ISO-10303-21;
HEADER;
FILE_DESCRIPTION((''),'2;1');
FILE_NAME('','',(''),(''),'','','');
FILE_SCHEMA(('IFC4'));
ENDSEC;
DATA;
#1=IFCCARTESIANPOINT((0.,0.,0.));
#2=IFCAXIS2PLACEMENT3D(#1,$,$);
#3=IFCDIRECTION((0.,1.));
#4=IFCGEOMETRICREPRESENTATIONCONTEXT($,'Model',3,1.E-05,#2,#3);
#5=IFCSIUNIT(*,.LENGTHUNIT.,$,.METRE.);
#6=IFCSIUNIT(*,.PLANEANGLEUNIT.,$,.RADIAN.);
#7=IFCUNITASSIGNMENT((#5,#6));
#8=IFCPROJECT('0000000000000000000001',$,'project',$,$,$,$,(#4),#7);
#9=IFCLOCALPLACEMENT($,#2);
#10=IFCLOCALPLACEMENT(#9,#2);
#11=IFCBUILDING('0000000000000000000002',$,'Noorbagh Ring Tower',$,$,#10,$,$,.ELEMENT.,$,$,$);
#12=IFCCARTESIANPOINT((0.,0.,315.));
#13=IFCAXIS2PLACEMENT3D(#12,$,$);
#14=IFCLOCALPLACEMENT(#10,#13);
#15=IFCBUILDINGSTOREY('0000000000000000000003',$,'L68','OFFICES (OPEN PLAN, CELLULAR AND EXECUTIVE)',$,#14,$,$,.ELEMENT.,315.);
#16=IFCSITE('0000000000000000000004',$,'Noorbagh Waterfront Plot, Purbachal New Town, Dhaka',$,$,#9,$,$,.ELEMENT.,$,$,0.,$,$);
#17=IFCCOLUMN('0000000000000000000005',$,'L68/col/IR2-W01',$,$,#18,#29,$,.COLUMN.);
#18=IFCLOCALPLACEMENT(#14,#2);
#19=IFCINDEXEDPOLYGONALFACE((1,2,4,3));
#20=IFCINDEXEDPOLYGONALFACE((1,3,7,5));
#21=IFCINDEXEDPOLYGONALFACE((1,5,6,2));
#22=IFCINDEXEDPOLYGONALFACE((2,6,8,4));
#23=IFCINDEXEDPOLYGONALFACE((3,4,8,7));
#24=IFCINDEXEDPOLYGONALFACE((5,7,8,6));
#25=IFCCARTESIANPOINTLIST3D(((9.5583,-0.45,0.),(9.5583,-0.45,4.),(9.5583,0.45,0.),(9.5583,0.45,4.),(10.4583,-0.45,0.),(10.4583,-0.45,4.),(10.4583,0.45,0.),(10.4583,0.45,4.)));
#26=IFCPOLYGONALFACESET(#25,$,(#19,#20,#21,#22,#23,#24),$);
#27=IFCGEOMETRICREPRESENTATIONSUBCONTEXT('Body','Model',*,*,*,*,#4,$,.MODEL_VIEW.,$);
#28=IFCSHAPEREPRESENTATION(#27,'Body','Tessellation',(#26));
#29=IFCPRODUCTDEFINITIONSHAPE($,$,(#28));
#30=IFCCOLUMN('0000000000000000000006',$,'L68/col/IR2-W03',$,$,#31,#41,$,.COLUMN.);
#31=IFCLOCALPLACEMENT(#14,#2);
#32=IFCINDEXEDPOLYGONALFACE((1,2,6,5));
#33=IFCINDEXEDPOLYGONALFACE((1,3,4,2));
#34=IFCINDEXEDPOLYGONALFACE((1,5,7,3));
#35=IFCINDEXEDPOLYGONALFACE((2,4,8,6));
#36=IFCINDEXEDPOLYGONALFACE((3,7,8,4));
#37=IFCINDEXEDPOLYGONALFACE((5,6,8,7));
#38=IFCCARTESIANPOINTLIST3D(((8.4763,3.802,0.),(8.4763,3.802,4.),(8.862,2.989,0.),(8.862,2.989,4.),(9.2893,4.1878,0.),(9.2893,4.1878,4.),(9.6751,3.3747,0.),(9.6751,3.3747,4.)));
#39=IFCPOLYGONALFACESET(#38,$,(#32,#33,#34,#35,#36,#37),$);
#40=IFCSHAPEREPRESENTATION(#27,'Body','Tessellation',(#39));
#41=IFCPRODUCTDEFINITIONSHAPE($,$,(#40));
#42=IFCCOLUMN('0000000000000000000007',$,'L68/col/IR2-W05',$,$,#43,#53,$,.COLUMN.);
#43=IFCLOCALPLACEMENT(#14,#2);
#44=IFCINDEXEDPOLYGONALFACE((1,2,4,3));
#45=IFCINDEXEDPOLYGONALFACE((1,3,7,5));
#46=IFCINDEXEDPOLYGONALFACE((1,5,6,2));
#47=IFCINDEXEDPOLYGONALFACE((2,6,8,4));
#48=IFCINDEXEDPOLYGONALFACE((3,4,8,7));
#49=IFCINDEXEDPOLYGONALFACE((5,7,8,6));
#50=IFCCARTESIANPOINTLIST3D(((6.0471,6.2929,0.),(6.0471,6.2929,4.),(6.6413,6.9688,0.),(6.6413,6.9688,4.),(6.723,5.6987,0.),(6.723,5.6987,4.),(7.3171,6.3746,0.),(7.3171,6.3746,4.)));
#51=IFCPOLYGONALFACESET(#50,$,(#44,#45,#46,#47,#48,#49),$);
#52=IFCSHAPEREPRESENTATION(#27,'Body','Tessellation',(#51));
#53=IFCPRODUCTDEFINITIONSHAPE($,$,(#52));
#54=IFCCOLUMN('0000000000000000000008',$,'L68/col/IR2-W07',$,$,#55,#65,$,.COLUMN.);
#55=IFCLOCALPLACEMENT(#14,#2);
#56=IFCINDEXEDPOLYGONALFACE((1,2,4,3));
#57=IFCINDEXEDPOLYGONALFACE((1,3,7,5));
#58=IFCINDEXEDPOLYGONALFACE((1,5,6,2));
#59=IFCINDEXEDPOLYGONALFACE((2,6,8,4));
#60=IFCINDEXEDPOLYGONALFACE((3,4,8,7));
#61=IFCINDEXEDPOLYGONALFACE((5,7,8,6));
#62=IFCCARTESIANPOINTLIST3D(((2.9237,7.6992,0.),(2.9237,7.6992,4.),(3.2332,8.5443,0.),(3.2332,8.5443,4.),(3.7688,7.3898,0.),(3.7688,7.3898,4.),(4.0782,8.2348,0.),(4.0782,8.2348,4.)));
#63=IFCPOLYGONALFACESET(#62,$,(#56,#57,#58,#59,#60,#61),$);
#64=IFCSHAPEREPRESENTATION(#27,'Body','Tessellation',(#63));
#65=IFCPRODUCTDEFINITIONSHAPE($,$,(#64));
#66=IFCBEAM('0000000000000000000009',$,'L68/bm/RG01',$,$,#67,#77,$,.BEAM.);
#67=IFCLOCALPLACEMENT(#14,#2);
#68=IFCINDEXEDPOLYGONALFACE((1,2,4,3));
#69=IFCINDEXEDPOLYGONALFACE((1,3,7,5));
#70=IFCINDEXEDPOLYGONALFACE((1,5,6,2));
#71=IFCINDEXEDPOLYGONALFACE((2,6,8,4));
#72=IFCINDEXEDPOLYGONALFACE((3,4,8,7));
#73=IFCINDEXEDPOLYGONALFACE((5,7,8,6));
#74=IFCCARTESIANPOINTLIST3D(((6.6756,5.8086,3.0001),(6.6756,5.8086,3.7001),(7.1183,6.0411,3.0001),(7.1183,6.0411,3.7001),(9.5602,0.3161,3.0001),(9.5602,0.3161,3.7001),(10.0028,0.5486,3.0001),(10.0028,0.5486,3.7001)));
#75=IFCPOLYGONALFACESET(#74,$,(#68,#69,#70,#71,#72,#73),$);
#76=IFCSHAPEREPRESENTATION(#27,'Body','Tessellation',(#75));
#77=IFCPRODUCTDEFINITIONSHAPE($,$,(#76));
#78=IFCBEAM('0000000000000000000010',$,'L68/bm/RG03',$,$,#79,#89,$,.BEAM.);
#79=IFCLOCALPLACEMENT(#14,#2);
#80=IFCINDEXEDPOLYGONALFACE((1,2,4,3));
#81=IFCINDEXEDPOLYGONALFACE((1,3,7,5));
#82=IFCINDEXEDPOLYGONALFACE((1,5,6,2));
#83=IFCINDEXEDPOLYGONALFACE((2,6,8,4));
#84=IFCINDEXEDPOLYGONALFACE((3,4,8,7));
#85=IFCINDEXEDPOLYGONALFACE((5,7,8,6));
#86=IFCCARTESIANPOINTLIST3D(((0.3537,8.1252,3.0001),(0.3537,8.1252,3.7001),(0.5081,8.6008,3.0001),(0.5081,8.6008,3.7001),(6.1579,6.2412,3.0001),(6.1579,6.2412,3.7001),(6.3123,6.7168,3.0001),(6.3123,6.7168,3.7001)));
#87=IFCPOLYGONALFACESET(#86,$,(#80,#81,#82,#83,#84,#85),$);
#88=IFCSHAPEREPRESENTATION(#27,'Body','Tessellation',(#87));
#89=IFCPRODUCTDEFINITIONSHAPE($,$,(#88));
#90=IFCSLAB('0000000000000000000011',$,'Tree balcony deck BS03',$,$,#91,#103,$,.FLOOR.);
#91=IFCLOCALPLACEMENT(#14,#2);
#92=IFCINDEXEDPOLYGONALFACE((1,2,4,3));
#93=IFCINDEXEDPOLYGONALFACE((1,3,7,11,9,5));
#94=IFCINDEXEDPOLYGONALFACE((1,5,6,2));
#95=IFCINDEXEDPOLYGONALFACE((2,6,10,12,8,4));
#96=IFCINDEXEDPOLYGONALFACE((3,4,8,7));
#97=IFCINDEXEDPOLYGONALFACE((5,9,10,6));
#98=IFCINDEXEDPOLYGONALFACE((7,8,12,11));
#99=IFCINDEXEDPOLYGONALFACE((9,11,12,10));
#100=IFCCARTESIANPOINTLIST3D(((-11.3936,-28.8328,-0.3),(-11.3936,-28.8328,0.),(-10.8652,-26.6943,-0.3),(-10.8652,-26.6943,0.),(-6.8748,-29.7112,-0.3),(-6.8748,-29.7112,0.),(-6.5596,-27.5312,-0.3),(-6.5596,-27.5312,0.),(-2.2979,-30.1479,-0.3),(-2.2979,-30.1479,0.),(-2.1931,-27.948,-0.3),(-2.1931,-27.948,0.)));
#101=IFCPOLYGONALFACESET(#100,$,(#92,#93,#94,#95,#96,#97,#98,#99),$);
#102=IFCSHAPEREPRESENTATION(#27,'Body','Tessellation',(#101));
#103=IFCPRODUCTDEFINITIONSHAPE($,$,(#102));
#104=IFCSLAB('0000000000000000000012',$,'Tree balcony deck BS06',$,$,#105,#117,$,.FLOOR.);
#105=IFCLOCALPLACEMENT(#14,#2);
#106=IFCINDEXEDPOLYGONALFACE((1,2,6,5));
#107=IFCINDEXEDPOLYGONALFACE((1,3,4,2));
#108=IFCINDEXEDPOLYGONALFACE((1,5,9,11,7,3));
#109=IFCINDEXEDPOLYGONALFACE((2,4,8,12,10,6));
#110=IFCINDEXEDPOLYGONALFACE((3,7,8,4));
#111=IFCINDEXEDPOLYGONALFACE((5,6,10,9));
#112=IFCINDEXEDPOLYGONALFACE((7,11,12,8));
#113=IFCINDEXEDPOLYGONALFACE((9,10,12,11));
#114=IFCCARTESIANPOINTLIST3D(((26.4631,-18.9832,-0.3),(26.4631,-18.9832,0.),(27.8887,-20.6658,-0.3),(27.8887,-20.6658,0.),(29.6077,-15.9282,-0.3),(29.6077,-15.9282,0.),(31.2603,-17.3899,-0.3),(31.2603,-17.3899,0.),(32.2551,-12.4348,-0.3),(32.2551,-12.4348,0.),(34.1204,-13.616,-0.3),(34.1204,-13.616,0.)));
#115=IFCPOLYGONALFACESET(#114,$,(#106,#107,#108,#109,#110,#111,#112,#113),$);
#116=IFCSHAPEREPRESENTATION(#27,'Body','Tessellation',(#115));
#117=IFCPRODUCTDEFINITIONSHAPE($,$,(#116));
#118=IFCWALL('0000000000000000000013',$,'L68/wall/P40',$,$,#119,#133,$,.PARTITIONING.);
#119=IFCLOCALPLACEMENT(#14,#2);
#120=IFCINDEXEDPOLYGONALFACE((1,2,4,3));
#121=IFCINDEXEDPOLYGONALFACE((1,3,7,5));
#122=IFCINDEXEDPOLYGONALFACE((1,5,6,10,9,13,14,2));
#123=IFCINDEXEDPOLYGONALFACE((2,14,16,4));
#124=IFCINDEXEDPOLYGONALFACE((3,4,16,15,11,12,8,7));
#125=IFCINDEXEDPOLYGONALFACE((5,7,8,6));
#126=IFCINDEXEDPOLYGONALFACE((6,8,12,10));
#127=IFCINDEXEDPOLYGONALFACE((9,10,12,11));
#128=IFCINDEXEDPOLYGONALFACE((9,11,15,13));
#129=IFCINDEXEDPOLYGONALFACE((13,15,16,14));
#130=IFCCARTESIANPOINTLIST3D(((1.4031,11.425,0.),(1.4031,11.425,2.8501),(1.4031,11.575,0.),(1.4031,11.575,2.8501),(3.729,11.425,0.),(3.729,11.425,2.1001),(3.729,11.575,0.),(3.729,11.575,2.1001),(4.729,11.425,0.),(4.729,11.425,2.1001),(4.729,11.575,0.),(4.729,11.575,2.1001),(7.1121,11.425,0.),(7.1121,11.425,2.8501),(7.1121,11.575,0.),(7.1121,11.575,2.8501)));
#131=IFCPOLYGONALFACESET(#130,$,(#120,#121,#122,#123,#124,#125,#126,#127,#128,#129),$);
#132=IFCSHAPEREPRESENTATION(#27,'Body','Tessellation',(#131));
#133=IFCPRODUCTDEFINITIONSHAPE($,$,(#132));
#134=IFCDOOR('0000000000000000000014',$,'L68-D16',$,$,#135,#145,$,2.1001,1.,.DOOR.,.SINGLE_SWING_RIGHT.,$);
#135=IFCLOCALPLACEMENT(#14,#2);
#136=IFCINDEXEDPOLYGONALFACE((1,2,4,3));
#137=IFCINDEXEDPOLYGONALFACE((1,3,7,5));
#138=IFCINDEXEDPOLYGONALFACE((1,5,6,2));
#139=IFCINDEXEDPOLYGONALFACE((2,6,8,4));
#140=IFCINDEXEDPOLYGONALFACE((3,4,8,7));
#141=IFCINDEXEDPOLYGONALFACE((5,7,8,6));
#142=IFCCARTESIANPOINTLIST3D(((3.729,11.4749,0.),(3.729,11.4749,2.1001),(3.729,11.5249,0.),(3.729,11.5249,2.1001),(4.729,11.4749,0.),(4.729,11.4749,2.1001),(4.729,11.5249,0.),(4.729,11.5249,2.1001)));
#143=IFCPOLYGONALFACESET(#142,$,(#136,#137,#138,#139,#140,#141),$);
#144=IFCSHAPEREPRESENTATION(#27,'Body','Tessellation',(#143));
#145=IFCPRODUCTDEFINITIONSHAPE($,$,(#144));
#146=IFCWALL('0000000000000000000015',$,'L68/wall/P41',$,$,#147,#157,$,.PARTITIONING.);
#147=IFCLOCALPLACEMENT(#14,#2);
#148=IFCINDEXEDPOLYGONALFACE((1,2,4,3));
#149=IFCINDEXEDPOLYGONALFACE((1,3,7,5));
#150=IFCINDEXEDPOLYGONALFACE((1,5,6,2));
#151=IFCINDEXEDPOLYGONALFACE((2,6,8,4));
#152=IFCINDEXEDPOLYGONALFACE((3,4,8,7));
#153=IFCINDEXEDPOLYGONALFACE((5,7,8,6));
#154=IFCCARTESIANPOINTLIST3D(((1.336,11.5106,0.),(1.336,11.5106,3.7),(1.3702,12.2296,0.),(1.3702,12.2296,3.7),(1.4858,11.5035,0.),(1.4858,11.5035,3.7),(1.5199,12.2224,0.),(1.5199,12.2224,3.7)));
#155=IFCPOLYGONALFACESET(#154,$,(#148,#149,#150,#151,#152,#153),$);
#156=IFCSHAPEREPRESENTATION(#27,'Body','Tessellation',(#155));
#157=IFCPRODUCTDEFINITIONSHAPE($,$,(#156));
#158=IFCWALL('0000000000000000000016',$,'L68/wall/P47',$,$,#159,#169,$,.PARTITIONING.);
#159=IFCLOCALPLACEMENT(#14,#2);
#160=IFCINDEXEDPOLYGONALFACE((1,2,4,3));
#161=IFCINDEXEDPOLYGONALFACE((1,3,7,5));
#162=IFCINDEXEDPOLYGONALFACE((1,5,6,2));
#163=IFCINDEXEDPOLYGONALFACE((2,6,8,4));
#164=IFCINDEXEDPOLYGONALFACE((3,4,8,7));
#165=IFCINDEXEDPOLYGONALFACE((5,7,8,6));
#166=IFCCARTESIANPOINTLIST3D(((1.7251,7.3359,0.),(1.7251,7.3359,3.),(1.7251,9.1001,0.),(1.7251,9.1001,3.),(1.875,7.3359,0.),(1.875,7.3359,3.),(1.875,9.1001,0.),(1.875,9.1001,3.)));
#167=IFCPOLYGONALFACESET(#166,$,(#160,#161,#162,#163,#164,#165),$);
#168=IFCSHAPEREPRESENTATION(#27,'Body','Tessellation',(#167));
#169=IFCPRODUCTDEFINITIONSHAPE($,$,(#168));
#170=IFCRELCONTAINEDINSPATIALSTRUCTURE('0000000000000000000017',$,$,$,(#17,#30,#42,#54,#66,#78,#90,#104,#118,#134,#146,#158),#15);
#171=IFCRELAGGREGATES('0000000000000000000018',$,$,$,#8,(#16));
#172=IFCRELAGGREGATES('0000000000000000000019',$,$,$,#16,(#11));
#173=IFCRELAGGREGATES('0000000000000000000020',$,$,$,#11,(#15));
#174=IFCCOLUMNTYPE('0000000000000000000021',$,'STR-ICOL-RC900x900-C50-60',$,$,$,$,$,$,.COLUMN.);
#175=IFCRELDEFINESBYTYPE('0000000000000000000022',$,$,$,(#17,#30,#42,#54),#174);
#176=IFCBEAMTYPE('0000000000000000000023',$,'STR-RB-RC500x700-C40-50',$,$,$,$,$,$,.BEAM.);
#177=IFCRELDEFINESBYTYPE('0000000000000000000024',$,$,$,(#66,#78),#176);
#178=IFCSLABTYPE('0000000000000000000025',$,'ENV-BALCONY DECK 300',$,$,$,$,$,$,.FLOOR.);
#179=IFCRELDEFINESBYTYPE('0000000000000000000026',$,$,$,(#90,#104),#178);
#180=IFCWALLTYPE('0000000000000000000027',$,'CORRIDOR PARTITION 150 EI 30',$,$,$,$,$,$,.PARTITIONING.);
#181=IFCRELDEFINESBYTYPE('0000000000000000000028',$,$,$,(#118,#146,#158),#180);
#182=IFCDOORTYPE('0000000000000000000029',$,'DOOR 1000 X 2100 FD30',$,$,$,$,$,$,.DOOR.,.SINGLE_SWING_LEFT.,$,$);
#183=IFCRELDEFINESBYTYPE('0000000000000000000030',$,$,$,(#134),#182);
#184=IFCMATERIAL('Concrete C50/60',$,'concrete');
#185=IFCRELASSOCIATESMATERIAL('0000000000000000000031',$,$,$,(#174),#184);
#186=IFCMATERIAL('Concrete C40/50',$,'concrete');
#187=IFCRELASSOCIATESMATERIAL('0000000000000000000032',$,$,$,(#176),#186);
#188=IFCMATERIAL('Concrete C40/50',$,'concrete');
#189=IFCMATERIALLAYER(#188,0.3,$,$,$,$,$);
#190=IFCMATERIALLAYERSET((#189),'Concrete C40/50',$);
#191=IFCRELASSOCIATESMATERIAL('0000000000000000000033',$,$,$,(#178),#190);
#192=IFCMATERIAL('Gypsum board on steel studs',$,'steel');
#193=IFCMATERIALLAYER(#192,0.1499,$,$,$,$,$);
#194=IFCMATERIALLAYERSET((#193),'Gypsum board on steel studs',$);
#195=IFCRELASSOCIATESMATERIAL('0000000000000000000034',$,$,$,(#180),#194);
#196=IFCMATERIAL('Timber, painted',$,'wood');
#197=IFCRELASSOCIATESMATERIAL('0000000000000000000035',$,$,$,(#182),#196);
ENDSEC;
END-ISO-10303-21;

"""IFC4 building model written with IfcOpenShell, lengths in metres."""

from ifc_helpers import new_model, si_unit, direction, frame, frame_2d, origin, origin_2d, place, context, subcontext, project, spatial, polyline, rectangle, outline, extrude, material, layer, layer_set, material_profile, profile_set, type_object, element, fill, save


model = new_model("IFC4")

# Units and contexts
model_context = context("Model", 3, precision=1e-05, world=origin(), true_north=direction((0.0, 1.0)))
body_context = subcontext(model_context, "Body", "Model", "MODEL_VIEW")
ifc_project = project(units=[si_unit("LENGTHUNIT", "METRE"), si_unit("PLANEANGLEUNIT", "RADIAN")], contexts=[model_context])

# Site, building, storey
site_placement = place(None, origin())
site = spatial("IfcSite", under=ifc_project, at=site_placement, Name="Noorbagh Waterfront Plot, Purbachal New Town, Dhaka", CompositionType="ELEMENT", RefElevation=0.0)
building_placement = place(site_placement, origin())
building = spatial("IfcBuilding", under=site, at=building_placement, Name="Noorbagh Ring Tower", CompositionType="ELEMENT")
storey_placement = place(building_placement, frame((0.0, 0.0, 315.0)))
storey = spatial("IfcBuildingStorey", under=building, at=storey_placement, Name="L68", Description="OFFICES (OPEN PLAN, CELLULAR AND EXECUTIVE)", CompositionType="ELEMENT", Elevation=315.0)

# Columns
ifc_material_1 = material(Name="Concrete C50/60", Category="concrete")
ifc_material_profile_1 = material_profile(ifc_material_1, rectangle(XDim=0.8999, YDim=0.8999, at=origin_2d()), Name="RC900x900")
ifc_profile_set_1 = profile_set([ifc_material_profile_1], Name="Concrete C50/60")
column_type = type_object("IfcColumnType", Name="STR-ICOL-RC900x900-C50-60", PredefinedType="COLUMN", material=ifc_profile_set_1)
for number, where, z_axis, x_axis, name in (
    (1, (10.0083, 0.0, 0.0), (0.0, 0.0, 1.0), (0.0, 1.0, 0.0), "L68/col/IR2-W01"),
    (2, (9.0757, 3.5884, 0.0), (0.0, 0.0, 1.0), (-0.428667, 0.903463, 0.0), "L68/col/IR2-W03"),
    (3, (6.6821, 6.3337, 0.0), (0.0, 0.0, 1.0), (-0.751022, 0.660277, 0.0), "L68/col/IR2-W05"),
    (4, (3.501, 7.967, 0.0), (0.0, 0.0, 1.0), (-0.93902, 0.343864, 0.0), "L68/col/IR2-W07"),
):
    element("IfcColumn", number, at=place(storey_placement, frame(where, z_axis=z_axis, x_axis=x_axis)), inside=storey, type_object=column_type, Name=name, PredefinedType="COLUMN", context=body_context, shape_type="SweptSolid", body=[
        extrude(rectangle(XDim=0.8999, YDim=0.8999, at=origin_2d()), origin(), (0.0, 0.0, 1.0), 4.0),
    ])

# Beams
ifc_material_2 = material(Name="Concrete C40/50", Category="concrete")
ifc_material_profile_2 = material_profile(ifc_material_2, rectangle(XDim=0.5, YDim=0.7, at=origin_2d()), Name="RC500x700")
ifc_profile_set_2 = profile_set([ifc_material_profile_2], Name="Concrete C40/50")
beam_type = type_object("IfcBeamType", Name="STR-RB-RC500x700-C40-50", PredefinedType="BEAM", material=ifc_profile_set_2)
beam_1_placement = place(storey_placement, frame((9.7815, 0.4324, 3.3501), z_axis=(-0.46496, 0.885332, 0.0), x_axis=(-0.885332, -0.46496, 0.0)))
element("IfcBeam", 5, at=beam_1_placement, inside=storey, type_object=beam_type, Name="L68/bm/RG01", PredefinedType="BEAM", context=body_context, shape_type="SweptSolid", body=[
    extrude(rectangle(XDim=0.5, YDim=0.7, at=origin_2d()), origin(), (0.0, 0.0, 1.0), 6.2039),
])
beam_2_placement = place(storey_placement, frame((6.2351, 6.479, 3.3501), z_axis=(-0.951146, 0.30874, 0.0), x_axis=(-0.30874, -0.951146, 0.0)))
element("IfcBeam", 6, at=beam_2_placement, inside=storey, type_object=beam_type, Name="L68/bm/RG03", PredefinedType="BEAM", context=body_context, shape_type="SweptSolid", body=[
    extrude(rectangle(XDim=0.5, YDim=0.7, at=origin_2d()), origin(), (0.0, 0.0, 1.0), 6.1023),
])

# Slabs
ifc_material_3 = material(Name="Concrete C40/50", Category="concrete")
ifc_layer_1 = layer(ifc_material_3, 0.3)
ifc_layer_set_1 = layer_set([ifc_layer_1], Name="Concrete C40/50")
slab_type = type_object("IfcSlabType", Name="ENV-BALCONY DECK 300", PredefinedType="FLOOR", material=ifc_layer_set_1)
slab_1_placement = place(storey_placement, frame((0.0, 0.0, -0.3)))
element("IfcSlab", 7, at=slab_1_placement, inside=storey, type_object=slab_type, Name="Tree balcony deck BS03", PredefinedType="FLOOR", context=body_context, shape_type="SweptSolid", body=[
    extrude(outline(polyline([(-11.3936, -28.8328), (-6.8748, -29.7112), (-2.2979, -30.1479), (-2.1931, -27.948), (-6.5596, -27.5312), (-10.8652, -26.6943), (-11.3936, -28.8328)])), origin(), (0.0, 0.0, 1.0), 0.3),
])
slab_2_placement = place(storey_placement, frame((0.0, 0.0, -0.3)))
element("IfcSlab", 8, at=slab_2_placement, inside=storey, type_object=slab_type, Name="Tree balcony deck BS06", PredefinedType="FLOOR", context=body_context, shape_type="SweptSolid", body=[
    extrude(outline(polyline([(27.8887, -20.6658), (31.2603, -17.3899), (34.1204, -13.616), (32.2551, -12.4348), (29.6077, -15.9282), (26.4631, -18.9832), (27.8887, -20.6658)])), origin(), (0.0, 0.0, 1.0), 0.3),
])

# Wall, opening, door
ifc_material_4 = material(Name="Gypsum board on steel studs", Category="steel")
ifc_layer_2 = layer(ifc_material_4, 0.1499)
ifc_layer_set_2 = layer_set([ifc_layer_2], Name="Gypsum board on steel studs")
wall_type_1 = type_object("IfcWallType", Name="CORRIDOR PARTITION 150 EI 30", PredefinedType="PARTITIONING", material=ifc_layer_set_2)
wall_1_placement = place(storey_placement, frame((1.4031, 11.5, 0.0), z_axis=(0.0, 0.0, 1.0), x_axis=(1.0, 0.0, 0.0)))
wall_1 = element("IfcWall", 9, at=wall_1_placement, inside=storey, type_object=wall_type_1, Name="L68/wall/P40", PredefinedType="PARTITIONING", context=body_context, shape_type="SweptSolid", body=[
    extrude(rectangle(XDim=5.709, YDim=0.1499, at=frame_2d((2.8545, 0.0))), origin(), (0.0, 0.0, 1.0), 2.8501),
])
opening_1_placement = place(wall_1_placement, frame((2.3259, 0.0, 0.0)))
opening_1 = element("IfcOpeningElement", 10, at=opening_1_placement, cuts=wall_1, PredefinedType="OPENING", context=body_context, shape_type="SweptSolid", body=[
    extrude(rectangle(XDim=1.0, YDim=2.1001, at=frame_2d((0.5, 1.05))), frame((0.0, 0.085, 0.0), z_axis=(0.0, -1.0, 0.0), x_axis=(1.0, 0.0, 0.0)), (0.0, 0.0, 1.0), 0.1699),
])
ifc_material_5 = material(Name="Timber, painted", Category="wood")
door_type = type_object("IfcDoorType", Name="DOOR 1000 X 2100 FD30", OperationType="SINGLE_SWING_LEFT", PredefinedType="DOOR", material=ifc_material_5)
door_1_placement = place(opening_1_placement, origin())
door_1 = element("IfcDoor", 11, at=door_1_placement, inside=storey, type_object=door_type, Name="L68-D16", OperationType="SINGLE_SWING_RIGHT", OverallHeight=2.1001, OverallWidth=1.0, PredefinedType="DOOR", context=body_context, shape_type="SweptSolid", body=[
    extrude(rectangle(XDim=1.0, YDim=2.1001, at=frame_2d((0.5, 1.05))), frame((0.0, 0.0249, 0.0), z_axis=(0.0, -1.0, 0.0), x_axis=(1.0, 0.0, 0.0)), (0.0, 0.0, 1.0), 0.05),
])
fill(opening_1, door_1)

# Walls
wall_2_placement = place(storey_placement, frame((1.4109, 11.5071, 0.0), z_axis=(0.0, 0.0, 1.0), x_axis=(0.047485, 0.998872, 0.0)))
element("IfcWall", 12, at=wall_2_placement, inside=storey, type_object=wall_type_1, Name="L68/wall/P41", PredefinedType="PARTITIONING", context=body_context, shape_type="SweptSolid", body=[
    extrude(rectangle(XDim=0.7197, YDim=0.1499, at=frame_2d((0.3599, 0.0))), origin(), (0.0, 0.0, 1.0), 3.7),
])
wall_3_placement = place(storey_placement, frame((1.8, 7.3359, 0.0), z_axis=(0.0, 0.0, 1.0), x_axis=(0.0, 1.0, 0.0)))
element("IfcWall", 13, at=wall_3_placement, inside=storey, type_object=wall_type_1, Name="L68/wall/P47", PredefinedType="PARTITIONING", context=body_context, shape_type="SweptSolid", body=[
    extrude(rectangle(XDim=1.7642, YDim=0.1499, at=frame_2d((0.8821, 0.0))), origin(), (0.0, 0.0, 1.0), 3.0),
])

save(model, "model.ifc")
